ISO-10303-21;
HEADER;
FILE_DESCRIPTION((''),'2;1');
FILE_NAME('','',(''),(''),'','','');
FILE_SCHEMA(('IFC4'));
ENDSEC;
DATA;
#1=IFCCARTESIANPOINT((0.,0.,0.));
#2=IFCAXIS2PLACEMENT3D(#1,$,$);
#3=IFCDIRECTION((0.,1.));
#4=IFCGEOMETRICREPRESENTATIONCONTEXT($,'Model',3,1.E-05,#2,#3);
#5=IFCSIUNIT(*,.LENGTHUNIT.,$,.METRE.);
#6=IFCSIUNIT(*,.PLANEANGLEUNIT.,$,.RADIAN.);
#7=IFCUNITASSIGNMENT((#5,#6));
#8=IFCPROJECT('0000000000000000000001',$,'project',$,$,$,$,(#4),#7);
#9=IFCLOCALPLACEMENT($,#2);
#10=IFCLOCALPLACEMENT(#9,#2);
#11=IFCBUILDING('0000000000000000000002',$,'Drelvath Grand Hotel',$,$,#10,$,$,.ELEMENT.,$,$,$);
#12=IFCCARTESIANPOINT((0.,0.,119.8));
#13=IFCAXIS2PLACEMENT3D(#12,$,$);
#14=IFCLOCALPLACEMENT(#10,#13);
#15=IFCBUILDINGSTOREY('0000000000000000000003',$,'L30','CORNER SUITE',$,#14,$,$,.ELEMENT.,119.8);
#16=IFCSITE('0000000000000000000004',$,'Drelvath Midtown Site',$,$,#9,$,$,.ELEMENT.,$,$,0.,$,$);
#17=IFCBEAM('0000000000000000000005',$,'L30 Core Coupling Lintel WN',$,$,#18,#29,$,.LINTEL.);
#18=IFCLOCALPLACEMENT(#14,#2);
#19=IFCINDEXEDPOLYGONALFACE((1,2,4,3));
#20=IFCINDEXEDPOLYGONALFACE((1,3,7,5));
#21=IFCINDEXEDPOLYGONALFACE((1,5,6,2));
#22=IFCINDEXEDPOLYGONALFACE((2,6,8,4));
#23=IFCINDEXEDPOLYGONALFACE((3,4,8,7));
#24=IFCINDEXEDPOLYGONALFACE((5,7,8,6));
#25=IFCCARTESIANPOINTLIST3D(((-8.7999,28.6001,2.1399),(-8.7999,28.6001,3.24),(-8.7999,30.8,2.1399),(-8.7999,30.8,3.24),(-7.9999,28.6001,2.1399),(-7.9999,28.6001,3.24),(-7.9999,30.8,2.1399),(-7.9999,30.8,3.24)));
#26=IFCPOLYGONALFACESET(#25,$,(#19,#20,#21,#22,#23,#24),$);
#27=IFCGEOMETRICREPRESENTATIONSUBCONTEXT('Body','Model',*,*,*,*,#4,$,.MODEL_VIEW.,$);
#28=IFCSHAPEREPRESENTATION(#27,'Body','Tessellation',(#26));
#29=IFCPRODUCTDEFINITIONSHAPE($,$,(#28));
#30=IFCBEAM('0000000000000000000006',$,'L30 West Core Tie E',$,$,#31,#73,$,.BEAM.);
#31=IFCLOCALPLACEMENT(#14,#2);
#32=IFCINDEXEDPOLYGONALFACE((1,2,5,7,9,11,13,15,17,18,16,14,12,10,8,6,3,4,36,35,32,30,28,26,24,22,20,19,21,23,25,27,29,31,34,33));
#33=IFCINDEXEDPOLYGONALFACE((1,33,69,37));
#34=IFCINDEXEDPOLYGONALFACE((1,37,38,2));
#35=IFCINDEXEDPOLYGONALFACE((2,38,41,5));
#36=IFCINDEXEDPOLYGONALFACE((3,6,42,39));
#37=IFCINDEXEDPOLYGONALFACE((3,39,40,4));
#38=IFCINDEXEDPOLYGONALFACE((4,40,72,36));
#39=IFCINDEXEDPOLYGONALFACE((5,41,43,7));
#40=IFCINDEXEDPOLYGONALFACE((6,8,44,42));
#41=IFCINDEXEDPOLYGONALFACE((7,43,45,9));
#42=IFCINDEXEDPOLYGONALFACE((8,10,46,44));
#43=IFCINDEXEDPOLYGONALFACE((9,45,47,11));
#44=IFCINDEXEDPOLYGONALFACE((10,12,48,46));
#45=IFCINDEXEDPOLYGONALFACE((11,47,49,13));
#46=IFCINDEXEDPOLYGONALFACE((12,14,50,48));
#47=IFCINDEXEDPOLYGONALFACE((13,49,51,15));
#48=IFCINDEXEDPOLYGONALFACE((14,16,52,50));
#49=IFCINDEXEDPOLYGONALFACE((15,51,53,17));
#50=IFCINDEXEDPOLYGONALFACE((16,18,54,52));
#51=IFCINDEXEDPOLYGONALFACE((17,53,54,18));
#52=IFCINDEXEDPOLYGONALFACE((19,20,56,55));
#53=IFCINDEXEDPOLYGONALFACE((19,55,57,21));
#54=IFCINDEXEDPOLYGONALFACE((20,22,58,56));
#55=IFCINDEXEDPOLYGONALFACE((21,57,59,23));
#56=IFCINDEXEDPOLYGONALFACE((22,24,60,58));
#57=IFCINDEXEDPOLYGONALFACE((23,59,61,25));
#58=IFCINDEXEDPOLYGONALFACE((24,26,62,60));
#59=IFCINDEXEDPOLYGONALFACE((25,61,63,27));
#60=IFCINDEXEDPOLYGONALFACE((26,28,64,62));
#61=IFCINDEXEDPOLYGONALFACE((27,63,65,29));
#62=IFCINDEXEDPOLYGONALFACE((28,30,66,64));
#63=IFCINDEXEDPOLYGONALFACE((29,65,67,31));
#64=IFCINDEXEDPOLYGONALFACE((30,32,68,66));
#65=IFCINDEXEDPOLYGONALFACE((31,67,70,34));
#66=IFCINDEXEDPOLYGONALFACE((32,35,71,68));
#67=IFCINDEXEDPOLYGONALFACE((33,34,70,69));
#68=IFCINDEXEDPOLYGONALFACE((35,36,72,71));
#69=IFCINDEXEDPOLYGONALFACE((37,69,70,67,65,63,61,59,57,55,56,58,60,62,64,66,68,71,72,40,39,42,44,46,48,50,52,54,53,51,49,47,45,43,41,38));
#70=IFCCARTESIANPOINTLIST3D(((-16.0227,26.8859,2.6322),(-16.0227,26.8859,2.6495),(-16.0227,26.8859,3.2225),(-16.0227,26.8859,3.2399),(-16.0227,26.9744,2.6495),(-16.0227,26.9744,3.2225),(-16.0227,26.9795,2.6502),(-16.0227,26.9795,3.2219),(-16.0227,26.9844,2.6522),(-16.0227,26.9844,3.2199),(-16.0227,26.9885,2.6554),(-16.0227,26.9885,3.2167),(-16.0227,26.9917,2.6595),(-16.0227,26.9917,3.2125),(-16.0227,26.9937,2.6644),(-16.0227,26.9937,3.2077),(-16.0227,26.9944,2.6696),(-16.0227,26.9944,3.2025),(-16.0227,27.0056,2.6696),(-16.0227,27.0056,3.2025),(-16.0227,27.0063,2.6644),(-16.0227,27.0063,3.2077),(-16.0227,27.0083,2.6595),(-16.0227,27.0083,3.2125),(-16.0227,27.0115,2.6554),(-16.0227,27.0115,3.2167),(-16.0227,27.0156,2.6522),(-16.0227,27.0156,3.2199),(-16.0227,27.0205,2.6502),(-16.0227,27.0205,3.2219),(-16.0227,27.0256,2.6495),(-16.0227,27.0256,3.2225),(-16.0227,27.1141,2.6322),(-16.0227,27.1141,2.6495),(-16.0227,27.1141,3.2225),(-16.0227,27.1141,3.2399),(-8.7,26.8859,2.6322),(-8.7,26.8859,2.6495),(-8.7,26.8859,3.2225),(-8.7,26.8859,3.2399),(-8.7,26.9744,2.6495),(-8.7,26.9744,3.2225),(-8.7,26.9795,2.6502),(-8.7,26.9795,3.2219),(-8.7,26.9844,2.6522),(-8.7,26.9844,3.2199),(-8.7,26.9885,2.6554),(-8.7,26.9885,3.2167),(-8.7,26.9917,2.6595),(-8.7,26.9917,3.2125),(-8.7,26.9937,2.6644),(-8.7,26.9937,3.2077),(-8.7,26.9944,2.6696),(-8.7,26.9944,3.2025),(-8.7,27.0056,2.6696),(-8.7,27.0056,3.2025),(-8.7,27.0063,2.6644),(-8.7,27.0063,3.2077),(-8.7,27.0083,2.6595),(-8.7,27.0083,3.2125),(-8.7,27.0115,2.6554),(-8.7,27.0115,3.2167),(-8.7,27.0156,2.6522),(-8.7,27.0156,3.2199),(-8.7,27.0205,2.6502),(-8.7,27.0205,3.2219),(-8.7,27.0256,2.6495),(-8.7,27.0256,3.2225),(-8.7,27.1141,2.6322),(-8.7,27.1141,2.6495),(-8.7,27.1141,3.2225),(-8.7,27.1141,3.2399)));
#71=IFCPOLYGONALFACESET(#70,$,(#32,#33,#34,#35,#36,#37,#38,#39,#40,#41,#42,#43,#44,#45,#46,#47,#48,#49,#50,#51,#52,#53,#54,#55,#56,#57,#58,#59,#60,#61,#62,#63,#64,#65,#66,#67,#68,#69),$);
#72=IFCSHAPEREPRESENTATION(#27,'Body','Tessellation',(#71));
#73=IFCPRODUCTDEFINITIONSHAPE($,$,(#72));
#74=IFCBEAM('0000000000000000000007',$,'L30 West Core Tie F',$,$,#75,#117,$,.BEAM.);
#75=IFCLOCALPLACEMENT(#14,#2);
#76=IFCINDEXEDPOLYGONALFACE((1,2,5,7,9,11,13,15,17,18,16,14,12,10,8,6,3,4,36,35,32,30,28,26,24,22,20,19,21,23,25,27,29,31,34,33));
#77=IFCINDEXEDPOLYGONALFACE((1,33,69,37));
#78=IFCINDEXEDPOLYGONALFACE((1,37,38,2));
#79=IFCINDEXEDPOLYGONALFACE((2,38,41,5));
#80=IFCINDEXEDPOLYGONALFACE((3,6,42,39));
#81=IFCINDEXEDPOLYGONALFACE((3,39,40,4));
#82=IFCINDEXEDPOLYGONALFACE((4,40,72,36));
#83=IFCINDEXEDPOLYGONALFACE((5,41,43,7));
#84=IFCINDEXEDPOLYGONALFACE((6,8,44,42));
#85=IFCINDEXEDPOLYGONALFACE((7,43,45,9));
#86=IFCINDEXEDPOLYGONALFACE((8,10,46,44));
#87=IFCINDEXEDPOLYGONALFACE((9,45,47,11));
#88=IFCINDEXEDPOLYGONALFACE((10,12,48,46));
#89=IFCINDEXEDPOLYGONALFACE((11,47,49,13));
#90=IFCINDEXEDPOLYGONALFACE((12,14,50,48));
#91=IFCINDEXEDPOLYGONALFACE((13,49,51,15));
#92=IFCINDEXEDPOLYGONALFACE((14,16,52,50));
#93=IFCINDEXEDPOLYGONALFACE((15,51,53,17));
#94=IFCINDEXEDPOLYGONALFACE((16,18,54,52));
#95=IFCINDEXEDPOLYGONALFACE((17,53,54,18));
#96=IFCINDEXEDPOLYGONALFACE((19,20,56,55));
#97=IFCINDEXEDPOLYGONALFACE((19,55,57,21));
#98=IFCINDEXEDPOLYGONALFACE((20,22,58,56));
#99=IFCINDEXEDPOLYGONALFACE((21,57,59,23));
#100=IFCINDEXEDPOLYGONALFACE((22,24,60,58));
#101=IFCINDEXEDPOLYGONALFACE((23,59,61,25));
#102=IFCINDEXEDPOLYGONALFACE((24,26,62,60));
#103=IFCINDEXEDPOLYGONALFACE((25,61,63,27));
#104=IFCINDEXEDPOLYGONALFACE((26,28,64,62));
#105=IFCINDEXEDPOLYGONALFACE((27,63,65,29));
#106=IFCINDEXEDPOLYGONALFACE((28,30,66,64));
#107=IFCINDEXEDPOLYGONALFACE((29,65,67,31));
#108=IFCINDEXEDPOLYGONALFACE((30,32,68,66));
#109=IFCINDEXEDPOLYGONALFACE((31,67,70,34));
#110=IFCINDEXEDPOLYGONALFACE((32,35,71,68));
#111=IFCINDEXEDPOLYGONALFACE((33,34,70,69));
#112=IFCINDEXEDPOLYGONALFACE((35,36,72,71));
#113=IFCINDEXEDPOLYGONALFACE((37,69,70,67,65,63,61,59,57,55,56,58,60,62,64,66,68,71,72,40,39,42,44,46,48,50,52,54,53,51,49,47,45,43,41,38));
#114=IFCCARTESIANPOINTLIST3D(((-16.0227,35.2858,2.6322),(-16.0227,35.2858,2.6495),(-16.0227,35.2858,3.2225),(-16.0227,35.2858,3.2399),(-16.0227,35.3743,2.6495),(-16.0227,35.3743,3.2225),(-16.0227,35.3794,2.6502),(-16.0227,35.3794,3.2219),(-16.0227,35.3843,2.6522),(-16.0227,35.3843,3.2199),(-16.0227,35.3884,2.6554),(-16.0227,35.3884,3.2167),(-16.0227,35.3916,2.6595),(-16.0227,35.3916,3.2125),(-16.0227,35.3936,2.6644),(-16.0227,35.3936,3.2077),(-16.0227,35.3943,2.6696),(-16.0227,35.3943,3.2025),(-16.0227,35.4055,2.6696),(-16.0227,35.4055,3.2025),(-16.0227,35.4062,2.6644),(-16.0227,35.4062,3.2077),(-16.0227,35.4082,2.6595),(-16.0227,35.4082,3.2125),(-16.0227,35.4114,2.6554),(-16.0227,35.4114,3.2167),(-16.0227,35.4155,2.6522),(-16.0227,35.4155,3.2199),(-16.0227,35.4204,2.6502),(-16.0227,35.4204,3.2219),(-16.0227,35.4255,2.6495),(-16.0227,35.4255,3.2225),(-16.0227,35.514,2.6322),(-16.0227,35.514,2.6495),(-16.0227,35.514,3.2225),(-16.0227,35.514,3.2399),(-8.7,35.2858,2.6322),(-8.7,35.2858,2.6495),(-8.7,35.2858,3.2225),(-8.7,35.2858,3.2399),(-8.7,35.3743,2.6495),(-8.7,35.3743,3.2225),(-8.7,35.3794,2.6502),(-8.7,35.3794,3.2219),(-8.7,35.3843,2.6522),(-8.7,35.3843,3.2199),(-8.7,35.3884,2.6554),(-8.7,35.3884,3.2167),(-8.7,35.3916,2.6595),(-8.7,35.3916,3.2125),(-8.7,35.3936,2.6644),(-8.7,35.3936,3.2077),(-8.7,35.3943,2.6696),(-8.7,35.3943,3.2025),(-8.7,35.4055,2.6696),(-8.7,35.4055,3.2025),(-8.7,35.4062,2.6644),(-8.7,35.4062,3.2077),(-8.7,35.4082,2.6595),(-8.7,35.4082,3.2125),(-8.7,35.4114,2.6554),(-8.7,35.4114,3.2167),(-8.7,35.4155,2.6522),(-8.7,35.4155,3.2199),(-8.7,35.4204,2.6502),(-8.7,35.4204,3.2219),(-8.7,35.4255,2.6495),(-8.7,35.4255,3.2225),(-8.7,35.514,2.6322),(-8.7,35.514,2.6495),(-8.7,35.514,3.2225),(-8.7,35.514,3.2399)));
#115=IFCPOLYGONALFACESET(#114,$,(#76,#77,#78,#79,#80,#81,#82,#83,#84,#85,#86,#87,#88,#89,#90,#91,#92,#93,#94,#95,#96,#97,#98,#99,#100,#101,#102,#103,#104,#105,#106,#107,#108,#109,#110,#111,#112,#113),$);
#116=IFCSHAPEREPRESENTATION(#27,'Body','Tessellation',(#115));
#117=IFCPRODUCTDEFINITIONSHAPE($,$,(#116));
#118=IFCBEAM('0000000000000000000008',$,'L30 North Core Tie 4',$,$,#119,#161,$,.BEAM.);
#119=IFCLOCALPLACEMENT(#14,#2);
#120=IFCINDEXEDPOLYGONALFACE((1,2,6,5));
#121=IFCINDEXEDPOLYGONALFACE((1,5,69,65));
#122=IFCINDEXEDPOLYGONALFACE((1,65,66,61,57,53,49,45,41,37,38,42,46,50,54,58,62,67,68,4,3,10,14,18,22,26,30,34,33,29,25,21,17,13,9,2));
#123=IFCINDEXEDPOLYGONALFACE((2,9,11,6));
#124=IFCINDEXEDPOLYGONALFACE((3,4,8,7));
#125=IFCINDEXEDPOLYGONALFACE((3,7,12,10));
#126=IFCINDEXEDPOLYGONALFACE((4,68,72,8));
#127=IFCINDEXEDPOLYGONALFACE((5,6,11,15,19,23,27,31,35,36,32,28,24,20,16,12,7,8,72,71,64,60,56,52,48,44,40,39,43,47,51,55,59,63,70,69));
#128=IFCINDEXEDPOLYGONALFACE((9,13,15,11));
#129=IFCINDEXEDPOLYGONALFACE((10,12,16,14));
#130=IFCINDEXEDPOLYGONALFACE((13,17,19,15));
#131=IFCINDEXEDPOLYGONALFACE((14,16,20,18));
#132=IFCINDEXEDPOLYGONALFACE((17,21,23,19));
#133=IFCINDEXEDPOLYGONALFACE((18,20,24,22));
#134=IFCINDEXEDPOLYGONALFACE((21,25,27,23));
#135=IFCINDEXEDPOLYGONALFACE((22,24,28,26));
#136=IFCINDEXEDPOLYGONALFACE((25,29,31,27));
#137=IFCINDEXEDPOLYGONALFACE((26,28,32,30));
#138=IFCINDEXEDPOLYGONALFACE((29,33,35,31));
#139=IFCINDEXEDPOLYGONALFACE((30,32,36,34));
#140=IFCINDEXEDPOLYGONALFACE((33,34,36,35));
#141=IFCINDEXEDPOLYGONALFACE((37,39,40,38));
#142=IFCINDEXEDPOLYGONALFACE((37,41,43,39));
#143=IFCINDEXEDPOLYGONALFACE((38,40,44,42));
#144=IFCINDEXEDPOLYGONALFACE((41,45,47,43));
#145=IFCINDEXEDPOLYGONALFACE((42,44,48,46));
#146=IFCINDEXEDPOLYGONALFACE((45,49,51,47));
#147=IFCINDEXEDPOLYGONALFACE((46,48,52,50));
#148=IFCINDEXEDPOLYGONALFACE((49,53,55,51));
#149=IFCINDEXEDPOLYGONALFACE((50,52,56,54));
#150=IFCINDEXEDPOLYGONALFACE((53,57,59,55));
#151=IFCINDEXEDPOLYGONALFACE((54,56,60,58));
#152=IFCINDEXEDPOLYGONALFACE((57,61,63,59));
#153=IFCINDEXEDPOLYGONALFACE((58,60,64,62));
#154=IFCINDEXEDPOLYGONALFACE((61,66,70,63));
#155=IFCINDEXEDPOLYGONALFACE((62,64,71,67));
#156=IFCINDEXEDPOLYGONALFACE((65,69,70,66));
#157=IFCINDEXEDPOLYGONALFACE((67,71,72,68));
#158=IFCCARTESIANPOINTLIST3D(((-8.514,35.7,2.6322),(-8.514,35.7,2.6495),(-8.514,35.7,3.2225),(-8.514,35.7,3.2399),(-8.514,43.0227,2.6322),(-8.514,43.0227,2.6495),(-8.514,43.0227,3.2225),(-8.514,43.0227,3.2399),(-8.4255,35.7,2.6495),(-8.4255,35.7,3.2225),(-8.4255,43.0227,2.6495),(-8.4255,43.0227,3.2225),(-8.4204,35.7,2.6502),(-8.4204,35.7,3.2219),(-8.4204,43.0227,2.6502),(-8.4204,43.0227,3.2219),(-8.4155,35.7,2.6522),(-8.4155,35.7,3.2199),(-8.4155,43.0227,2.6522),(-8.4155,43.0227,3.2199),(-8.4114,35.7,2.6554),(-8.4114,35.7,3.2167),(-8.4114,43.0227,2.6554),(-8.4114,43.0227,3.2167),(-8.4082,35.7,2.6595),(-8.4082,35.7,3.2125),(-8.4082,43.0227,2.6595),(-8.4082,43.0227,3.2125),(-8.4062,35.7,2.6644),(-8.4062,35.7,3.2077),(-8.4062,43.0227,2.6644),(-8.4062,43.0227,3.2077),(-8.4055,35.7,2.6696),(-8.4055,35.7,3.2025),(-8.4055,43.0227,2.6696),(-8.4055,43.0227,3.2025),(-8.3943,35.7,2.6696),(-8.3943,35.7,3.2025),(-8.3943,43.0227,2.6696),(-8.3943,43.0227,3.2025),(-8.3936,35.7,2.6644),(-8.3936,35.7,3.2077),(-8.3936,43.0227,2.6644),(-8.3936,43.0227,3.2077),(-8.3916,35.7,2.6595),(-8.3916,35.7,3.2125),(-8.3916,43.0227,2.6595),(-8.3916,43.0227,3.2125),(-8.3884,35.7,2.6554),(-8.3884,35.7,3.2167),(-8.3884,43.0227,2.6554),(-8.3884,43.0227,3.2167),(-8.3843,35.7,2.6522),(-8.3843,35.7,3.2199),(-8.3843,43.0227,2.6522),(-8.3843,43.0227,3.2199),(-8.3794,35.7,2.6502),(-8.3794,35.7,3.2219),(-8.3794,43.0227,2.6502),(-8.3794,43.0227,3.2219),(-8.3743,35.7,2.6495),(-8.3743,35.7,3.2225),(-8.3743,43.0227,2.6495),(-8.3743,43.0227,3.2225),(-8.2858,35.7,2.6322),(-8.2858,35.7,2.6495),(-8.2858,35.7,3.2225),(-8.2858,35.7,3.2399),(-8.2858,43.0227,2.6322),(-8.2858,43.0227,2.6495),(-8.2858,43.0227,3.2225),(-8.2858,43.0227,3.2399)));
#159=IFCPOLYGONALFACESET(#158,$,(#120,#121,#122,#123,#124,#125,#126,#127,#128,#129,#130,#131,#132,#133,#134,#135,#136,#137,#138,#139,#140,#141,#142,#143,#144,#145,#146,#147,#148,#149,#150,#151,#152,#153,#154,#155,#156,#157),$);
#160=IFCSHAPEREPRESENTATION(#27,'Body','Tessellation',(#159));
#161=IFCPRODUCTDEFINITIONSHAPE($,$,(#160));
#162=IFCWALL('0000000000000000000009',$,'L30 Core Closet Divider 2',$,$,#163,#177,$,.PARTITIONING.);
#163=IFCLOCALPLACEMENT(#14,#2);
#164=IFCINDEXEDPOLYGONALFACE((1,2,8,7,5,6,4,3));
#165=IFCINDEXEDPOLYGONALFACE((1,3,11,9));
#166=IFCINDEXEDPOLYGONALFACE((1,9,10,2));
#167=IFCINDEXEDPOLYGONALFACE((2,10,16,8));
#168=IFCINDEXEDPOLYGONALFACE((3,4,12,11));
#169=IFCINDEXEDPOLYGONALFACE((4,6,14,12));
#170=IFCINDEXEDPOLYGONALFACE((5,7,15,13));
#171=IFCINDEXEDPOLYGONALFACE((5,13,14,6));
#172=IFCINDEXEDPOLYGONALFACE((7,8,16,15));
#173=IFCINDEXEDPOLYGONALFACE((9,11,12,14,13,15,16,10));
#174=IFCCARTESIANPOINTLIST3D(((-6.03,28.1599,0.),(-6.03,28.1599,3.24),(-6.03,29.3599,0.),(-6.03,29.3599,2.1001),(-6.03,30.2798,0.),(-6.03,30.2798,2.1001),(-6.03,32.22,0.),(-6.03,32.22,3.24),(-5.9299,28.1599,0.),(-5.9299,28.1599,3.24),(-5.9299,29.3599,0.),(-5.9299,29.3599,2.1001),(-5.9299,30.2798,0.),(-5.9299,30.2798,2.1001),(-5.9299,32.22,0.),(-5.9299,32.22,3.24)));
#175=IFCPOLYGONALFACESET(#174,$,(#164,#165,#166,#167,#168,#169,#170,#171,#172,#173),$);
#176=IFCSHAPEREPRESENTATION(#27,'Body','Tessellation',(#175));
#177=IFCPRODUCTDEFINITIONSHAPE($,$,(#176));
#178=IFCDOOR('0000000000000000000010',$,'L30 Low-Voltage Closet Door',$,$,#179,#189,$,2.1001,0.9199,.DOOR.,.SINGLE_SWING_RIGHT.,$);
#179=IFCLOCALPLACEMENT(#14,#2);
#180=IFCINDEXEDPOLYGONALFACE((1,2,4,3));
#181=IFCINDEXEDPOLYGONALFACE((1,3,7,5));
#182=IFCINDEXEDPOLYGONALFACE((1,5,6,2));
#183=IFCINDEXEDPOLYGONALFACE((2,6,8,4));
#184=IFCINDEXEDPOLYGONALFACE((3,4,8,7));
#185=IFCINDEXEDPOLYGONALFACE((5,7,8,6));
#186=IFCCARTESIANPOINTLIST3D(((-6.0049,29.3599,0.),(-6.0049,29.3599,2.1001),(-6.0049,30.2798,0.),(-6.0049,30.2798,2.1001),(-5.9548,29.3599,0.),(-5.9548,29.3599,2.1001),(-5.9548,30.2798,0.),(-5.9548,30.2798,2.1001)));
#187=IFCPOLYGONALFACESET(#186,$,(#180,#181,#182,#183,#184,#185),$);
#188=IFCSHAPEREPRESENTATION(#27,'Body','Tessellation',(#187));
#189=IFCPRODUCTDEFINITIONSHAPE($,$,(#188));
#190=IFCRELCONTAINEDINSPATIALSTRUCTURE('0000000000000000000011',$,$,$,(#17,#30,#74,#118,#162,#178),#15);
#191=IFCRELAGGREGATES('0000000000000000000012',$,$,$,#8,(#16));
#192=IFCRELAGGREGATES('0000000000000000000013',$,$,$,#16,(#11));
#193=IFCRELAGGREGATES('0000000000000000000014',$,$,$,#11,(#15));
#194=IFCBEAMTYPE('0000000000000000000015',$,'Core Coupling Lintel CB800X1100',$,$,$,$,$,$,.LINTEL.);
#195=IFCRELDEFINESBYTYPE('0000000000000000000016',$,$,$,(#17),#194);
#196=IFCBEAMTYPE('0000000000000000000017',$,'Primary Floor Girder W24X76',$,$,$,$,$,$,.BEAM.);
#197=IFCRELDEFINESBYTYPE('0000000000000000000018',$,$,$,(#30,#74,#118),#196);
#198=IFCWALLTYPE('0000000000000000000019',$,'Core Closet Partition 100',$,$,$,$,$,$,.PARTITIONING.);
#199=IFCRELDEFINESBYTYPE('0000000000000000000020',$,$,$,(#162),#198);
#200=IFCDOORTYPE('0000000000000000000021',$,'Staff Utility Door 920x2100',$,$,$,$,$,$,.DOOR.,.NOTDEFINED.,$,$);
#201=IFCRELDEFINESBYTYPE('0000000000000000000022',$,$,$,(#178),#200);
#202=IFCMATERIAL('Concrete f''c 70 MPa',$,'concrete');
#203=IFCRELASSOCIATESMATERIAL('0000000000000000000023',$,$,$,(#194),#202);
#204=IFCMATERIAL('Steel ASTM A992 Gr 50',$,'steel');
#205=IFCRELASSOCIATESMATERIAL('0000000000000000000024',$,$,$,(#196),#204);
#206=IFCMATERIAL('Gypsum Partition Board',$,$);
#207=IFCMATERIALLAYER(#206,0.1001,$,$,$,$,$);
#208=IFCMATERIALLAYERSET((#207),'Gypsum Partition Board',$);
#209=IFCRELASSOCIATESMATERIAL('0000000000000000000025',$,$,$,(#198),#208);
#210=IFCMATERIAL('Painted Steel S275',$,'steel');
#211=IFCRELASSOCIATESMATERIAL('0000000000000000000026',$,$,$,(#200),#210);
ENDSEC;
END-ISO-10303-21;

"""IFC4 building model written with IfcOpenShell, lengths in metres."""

from ifc_helpers import new_model, si_unit, direction, frame, frame_2d, origin, origin_2d, place, context, subcontext, project, spatial, rectangle, i_section, extrude, material, layer, layer_set, material_profile, profile_set, type_object, element, fill, save


model = new_model("IFC4")

# Units and contexts
model_context = context("Model", 3, precision=1e-05, world=origin(), true_north=direction((0.0, 1.0)))
body_context = subcontext(model_context, "Body", "Model", "MODEL_VIEW")
ifc_project = project(units=[si_unit("LENGTHUNIT", "METRE"), si_unit("PLANEANGLEUNIT", "RADIAN")], contexts=[model_context])

# Site, building, storey
site_placement = place(None, origin())
site = spatial("IfcSite", under=ifc_project, at=site_placement, Name="Drelvath Midtown Site", CompositionType="ELEMENT", RefElevation=0.0)
building_placement = place(site_placement, origin())
building = spatial("IfcBuilding", under=site, at=building_placement, Name="Drelvath Grand Hotel", CompositionType="ELEMENT")
storey_placement = place(building_placement, frame((0.0, 0.0, 119.8)))
storey = spatial("IfcBuildingStorey", under=building, at=storey_placement, Name="L30", Description="CORNER SUITE", CompositionType="ELEMENT", Elevation=119.8)

# Beams
ifc_material_1 = material(Name="Concrete f'c 70 MPa", Category="concrete")
ifc_material_profile_1 = material_profile(ifc_material_1, rectangle(XDim=0.8, YDim=1.1001, at=origin_2d()), Name="CB800X1100")
ifc_profile_set_1 = profile_set([ifc_material_profile_1], Name="Concrete f'c 70 MPa")
beam_type_1 = type_object("IfcBeamType", Name="Core Coupling Lintel CB800X1100", PredefinedType="LINTEL", material=ifc_profile_set_1)
beam_placement = place(storey_placement, frame((-8.3999, 28.6001, 2.6899), z_axis=(0.0, 1.0, 0.0), x_axis=(-1.0, 0.0, 0.0)))
element("IfcBeam", 1, at=beam_placement, inside=storey, type_object=beam_type_1, Name="L30 Core Coupling Lintel WN", PredefinedType="LINTEL", context=body_context, shape_type="SweptSolid", body=[
    extrude(rectangle(XDim=0.8, YDim=1.1001, at=origin_2d()), origin(), (0.0, 0.0, 1.0), 2.2),
])
ifc_material_2 = material(Name="Steel ASTM A992 Gr 50", Category="steel")
ifc_material_profile_2 = material_profile(ifc_material_2, i_section(OverallWidth=0.2283, OverallDepth=0.6077, WebThickness=0.0112, FlangeThickness=0.0173, FilletRadius=0.02, at=origin_2d()), Name="W24X76")
ifc_profile_set_2 = profile_set([ifc_material_profile_2], Name="Steel ASTM A992 Gr 50")
beam_type_2 = type_object("IfcBeamType", Name="Primary Floor Girder W24X76", PredefinedType="BEAM", material=ifc_profile_set_2)
for number, where, z_axis, x_axis, name in (
    (2, (-16.0227, 27.0, 2.936), (1.0, 0.0, 0.0), (0.0, 1.0, 0.0), "L30 West Core Tie E"),
    (3, (-16.0227, 35.3999, 2.936), (1.0, 0.0, 0.0), (0.0, 1.0, 0.0), "L30 West Core Tie F"),
    (4, (-8.3999, 35.7, 2.936), (0.0, 1.0, 0.0), (-1.0, 0.0, 0.0), "L30 North Core Tie 4"),
):
    element("IfcBeam", number, at=place(storey_placement, frame(where, z_axis=z_axis, x_axis=x_axis)), inside=storey, type_object=beam_type_2, Name=name, PredefinedType="BEAM", context=body_context, shape_type="SweptSolid", body=[
        extrude(i_section(OverallWidth=0.2283, OverallDepth=0.6077, WebThickness=0.0112, FlangeThickness=0.0173, FilletRadius=0.02, at=origin_2d()), origin(), (0.0, 0.0, 1.0), 7.3228),
    ])

# Wall, opening, door
ifc_material_3 = material(Name="Gypsum Partition Board")
ifc_layer_1 = layer(ifc_material_3, 0.1001)
ifc_layer_set_1 = layer_set([ifc_layer_1], Name="Gypsum Partition Board")
wall_type_1 = type_object("IfcWallType", Name="Core Closet Partition 100", PredefinedType="PARTITIONING", material=ifc_layer_set_1)
wall_1_placement = place(storey_placement, frame((-5.98, 28.1599, 0.0), z_axis=(0.0, 0.0, 1.0), x_axis=(0.0, 1.0, 0.0)))
wall_1 = element("IfcWall", 5, at=wall_1_placement, inside=storey, type_object=wall_type_1, Name="L30 Core Closet Divider 2", PredefinedType="PARTITIONING", context=body_context, shape_type="SweptSolid", body=[
    extrude(rectangle(XDim=4.0601, YDim=0.1001, at=frame_2d((2.03, 0.0))), origin(), (0.0, 0.0, 1.0), 3.24),
])
opening_1_placement = place(wall_1_placement, frame((1.2, 0.0, 0.0)))
opening_1 = element("IfcOpeningElement", 6, at=opening_1_placement, cuts=wall_1, PredefinedType="OPENING", context=body_context, shape_type="SweptSolid", body=[
    extrude(rectangle(XDim=0.9199, YDim=2.1001, at=frame_2d((0.46, 1.05))), frame((0.0, 0.0601, 0.0), z_axis=(0.0, -1.0, 0.0), x_axis=(1.0, 0.0, 0.0)), (0.0, 0.0, 1.0), 0.1201),
])
ifc_material_4 = material(Name="Painted Steel S275", Category="steel")
door_type_1 = type_object("IfcDoorType", Name="Staff Utility Door 920x2100", OperationType="NOTDEFINED", PredefinedType="DOOR", material=ifc_material_4)
door_1_placement = place(opening_1_placement, origin())
door_1 = element("IfcDoor", 7, at=door_1_placement, inside=storey, type_object=door_type_1, Name="L30 Low-Voltage Closet Door", OperationType="SINGLE_SWING_RIGHT", OverallHeight=2.1001, OverallWidth=0.9199, PredefinedType="DOOR", context=body_context, shape_type="SweptSolid", body=[
    extrude(rectangle(XDim=0.9199, YDim=2.1001, at=frame_2d((0.46, 1.05))), frame((0.0, 0.0249, 0.0), z_axis=(0.0, -1.0, 0.0), x_axis=(1.0, 0.0, 0.0)), (0.0, 0.0, 1.0), 0.05),
])
fill(opening_1, door_1)

save(model, "model.ifc")
